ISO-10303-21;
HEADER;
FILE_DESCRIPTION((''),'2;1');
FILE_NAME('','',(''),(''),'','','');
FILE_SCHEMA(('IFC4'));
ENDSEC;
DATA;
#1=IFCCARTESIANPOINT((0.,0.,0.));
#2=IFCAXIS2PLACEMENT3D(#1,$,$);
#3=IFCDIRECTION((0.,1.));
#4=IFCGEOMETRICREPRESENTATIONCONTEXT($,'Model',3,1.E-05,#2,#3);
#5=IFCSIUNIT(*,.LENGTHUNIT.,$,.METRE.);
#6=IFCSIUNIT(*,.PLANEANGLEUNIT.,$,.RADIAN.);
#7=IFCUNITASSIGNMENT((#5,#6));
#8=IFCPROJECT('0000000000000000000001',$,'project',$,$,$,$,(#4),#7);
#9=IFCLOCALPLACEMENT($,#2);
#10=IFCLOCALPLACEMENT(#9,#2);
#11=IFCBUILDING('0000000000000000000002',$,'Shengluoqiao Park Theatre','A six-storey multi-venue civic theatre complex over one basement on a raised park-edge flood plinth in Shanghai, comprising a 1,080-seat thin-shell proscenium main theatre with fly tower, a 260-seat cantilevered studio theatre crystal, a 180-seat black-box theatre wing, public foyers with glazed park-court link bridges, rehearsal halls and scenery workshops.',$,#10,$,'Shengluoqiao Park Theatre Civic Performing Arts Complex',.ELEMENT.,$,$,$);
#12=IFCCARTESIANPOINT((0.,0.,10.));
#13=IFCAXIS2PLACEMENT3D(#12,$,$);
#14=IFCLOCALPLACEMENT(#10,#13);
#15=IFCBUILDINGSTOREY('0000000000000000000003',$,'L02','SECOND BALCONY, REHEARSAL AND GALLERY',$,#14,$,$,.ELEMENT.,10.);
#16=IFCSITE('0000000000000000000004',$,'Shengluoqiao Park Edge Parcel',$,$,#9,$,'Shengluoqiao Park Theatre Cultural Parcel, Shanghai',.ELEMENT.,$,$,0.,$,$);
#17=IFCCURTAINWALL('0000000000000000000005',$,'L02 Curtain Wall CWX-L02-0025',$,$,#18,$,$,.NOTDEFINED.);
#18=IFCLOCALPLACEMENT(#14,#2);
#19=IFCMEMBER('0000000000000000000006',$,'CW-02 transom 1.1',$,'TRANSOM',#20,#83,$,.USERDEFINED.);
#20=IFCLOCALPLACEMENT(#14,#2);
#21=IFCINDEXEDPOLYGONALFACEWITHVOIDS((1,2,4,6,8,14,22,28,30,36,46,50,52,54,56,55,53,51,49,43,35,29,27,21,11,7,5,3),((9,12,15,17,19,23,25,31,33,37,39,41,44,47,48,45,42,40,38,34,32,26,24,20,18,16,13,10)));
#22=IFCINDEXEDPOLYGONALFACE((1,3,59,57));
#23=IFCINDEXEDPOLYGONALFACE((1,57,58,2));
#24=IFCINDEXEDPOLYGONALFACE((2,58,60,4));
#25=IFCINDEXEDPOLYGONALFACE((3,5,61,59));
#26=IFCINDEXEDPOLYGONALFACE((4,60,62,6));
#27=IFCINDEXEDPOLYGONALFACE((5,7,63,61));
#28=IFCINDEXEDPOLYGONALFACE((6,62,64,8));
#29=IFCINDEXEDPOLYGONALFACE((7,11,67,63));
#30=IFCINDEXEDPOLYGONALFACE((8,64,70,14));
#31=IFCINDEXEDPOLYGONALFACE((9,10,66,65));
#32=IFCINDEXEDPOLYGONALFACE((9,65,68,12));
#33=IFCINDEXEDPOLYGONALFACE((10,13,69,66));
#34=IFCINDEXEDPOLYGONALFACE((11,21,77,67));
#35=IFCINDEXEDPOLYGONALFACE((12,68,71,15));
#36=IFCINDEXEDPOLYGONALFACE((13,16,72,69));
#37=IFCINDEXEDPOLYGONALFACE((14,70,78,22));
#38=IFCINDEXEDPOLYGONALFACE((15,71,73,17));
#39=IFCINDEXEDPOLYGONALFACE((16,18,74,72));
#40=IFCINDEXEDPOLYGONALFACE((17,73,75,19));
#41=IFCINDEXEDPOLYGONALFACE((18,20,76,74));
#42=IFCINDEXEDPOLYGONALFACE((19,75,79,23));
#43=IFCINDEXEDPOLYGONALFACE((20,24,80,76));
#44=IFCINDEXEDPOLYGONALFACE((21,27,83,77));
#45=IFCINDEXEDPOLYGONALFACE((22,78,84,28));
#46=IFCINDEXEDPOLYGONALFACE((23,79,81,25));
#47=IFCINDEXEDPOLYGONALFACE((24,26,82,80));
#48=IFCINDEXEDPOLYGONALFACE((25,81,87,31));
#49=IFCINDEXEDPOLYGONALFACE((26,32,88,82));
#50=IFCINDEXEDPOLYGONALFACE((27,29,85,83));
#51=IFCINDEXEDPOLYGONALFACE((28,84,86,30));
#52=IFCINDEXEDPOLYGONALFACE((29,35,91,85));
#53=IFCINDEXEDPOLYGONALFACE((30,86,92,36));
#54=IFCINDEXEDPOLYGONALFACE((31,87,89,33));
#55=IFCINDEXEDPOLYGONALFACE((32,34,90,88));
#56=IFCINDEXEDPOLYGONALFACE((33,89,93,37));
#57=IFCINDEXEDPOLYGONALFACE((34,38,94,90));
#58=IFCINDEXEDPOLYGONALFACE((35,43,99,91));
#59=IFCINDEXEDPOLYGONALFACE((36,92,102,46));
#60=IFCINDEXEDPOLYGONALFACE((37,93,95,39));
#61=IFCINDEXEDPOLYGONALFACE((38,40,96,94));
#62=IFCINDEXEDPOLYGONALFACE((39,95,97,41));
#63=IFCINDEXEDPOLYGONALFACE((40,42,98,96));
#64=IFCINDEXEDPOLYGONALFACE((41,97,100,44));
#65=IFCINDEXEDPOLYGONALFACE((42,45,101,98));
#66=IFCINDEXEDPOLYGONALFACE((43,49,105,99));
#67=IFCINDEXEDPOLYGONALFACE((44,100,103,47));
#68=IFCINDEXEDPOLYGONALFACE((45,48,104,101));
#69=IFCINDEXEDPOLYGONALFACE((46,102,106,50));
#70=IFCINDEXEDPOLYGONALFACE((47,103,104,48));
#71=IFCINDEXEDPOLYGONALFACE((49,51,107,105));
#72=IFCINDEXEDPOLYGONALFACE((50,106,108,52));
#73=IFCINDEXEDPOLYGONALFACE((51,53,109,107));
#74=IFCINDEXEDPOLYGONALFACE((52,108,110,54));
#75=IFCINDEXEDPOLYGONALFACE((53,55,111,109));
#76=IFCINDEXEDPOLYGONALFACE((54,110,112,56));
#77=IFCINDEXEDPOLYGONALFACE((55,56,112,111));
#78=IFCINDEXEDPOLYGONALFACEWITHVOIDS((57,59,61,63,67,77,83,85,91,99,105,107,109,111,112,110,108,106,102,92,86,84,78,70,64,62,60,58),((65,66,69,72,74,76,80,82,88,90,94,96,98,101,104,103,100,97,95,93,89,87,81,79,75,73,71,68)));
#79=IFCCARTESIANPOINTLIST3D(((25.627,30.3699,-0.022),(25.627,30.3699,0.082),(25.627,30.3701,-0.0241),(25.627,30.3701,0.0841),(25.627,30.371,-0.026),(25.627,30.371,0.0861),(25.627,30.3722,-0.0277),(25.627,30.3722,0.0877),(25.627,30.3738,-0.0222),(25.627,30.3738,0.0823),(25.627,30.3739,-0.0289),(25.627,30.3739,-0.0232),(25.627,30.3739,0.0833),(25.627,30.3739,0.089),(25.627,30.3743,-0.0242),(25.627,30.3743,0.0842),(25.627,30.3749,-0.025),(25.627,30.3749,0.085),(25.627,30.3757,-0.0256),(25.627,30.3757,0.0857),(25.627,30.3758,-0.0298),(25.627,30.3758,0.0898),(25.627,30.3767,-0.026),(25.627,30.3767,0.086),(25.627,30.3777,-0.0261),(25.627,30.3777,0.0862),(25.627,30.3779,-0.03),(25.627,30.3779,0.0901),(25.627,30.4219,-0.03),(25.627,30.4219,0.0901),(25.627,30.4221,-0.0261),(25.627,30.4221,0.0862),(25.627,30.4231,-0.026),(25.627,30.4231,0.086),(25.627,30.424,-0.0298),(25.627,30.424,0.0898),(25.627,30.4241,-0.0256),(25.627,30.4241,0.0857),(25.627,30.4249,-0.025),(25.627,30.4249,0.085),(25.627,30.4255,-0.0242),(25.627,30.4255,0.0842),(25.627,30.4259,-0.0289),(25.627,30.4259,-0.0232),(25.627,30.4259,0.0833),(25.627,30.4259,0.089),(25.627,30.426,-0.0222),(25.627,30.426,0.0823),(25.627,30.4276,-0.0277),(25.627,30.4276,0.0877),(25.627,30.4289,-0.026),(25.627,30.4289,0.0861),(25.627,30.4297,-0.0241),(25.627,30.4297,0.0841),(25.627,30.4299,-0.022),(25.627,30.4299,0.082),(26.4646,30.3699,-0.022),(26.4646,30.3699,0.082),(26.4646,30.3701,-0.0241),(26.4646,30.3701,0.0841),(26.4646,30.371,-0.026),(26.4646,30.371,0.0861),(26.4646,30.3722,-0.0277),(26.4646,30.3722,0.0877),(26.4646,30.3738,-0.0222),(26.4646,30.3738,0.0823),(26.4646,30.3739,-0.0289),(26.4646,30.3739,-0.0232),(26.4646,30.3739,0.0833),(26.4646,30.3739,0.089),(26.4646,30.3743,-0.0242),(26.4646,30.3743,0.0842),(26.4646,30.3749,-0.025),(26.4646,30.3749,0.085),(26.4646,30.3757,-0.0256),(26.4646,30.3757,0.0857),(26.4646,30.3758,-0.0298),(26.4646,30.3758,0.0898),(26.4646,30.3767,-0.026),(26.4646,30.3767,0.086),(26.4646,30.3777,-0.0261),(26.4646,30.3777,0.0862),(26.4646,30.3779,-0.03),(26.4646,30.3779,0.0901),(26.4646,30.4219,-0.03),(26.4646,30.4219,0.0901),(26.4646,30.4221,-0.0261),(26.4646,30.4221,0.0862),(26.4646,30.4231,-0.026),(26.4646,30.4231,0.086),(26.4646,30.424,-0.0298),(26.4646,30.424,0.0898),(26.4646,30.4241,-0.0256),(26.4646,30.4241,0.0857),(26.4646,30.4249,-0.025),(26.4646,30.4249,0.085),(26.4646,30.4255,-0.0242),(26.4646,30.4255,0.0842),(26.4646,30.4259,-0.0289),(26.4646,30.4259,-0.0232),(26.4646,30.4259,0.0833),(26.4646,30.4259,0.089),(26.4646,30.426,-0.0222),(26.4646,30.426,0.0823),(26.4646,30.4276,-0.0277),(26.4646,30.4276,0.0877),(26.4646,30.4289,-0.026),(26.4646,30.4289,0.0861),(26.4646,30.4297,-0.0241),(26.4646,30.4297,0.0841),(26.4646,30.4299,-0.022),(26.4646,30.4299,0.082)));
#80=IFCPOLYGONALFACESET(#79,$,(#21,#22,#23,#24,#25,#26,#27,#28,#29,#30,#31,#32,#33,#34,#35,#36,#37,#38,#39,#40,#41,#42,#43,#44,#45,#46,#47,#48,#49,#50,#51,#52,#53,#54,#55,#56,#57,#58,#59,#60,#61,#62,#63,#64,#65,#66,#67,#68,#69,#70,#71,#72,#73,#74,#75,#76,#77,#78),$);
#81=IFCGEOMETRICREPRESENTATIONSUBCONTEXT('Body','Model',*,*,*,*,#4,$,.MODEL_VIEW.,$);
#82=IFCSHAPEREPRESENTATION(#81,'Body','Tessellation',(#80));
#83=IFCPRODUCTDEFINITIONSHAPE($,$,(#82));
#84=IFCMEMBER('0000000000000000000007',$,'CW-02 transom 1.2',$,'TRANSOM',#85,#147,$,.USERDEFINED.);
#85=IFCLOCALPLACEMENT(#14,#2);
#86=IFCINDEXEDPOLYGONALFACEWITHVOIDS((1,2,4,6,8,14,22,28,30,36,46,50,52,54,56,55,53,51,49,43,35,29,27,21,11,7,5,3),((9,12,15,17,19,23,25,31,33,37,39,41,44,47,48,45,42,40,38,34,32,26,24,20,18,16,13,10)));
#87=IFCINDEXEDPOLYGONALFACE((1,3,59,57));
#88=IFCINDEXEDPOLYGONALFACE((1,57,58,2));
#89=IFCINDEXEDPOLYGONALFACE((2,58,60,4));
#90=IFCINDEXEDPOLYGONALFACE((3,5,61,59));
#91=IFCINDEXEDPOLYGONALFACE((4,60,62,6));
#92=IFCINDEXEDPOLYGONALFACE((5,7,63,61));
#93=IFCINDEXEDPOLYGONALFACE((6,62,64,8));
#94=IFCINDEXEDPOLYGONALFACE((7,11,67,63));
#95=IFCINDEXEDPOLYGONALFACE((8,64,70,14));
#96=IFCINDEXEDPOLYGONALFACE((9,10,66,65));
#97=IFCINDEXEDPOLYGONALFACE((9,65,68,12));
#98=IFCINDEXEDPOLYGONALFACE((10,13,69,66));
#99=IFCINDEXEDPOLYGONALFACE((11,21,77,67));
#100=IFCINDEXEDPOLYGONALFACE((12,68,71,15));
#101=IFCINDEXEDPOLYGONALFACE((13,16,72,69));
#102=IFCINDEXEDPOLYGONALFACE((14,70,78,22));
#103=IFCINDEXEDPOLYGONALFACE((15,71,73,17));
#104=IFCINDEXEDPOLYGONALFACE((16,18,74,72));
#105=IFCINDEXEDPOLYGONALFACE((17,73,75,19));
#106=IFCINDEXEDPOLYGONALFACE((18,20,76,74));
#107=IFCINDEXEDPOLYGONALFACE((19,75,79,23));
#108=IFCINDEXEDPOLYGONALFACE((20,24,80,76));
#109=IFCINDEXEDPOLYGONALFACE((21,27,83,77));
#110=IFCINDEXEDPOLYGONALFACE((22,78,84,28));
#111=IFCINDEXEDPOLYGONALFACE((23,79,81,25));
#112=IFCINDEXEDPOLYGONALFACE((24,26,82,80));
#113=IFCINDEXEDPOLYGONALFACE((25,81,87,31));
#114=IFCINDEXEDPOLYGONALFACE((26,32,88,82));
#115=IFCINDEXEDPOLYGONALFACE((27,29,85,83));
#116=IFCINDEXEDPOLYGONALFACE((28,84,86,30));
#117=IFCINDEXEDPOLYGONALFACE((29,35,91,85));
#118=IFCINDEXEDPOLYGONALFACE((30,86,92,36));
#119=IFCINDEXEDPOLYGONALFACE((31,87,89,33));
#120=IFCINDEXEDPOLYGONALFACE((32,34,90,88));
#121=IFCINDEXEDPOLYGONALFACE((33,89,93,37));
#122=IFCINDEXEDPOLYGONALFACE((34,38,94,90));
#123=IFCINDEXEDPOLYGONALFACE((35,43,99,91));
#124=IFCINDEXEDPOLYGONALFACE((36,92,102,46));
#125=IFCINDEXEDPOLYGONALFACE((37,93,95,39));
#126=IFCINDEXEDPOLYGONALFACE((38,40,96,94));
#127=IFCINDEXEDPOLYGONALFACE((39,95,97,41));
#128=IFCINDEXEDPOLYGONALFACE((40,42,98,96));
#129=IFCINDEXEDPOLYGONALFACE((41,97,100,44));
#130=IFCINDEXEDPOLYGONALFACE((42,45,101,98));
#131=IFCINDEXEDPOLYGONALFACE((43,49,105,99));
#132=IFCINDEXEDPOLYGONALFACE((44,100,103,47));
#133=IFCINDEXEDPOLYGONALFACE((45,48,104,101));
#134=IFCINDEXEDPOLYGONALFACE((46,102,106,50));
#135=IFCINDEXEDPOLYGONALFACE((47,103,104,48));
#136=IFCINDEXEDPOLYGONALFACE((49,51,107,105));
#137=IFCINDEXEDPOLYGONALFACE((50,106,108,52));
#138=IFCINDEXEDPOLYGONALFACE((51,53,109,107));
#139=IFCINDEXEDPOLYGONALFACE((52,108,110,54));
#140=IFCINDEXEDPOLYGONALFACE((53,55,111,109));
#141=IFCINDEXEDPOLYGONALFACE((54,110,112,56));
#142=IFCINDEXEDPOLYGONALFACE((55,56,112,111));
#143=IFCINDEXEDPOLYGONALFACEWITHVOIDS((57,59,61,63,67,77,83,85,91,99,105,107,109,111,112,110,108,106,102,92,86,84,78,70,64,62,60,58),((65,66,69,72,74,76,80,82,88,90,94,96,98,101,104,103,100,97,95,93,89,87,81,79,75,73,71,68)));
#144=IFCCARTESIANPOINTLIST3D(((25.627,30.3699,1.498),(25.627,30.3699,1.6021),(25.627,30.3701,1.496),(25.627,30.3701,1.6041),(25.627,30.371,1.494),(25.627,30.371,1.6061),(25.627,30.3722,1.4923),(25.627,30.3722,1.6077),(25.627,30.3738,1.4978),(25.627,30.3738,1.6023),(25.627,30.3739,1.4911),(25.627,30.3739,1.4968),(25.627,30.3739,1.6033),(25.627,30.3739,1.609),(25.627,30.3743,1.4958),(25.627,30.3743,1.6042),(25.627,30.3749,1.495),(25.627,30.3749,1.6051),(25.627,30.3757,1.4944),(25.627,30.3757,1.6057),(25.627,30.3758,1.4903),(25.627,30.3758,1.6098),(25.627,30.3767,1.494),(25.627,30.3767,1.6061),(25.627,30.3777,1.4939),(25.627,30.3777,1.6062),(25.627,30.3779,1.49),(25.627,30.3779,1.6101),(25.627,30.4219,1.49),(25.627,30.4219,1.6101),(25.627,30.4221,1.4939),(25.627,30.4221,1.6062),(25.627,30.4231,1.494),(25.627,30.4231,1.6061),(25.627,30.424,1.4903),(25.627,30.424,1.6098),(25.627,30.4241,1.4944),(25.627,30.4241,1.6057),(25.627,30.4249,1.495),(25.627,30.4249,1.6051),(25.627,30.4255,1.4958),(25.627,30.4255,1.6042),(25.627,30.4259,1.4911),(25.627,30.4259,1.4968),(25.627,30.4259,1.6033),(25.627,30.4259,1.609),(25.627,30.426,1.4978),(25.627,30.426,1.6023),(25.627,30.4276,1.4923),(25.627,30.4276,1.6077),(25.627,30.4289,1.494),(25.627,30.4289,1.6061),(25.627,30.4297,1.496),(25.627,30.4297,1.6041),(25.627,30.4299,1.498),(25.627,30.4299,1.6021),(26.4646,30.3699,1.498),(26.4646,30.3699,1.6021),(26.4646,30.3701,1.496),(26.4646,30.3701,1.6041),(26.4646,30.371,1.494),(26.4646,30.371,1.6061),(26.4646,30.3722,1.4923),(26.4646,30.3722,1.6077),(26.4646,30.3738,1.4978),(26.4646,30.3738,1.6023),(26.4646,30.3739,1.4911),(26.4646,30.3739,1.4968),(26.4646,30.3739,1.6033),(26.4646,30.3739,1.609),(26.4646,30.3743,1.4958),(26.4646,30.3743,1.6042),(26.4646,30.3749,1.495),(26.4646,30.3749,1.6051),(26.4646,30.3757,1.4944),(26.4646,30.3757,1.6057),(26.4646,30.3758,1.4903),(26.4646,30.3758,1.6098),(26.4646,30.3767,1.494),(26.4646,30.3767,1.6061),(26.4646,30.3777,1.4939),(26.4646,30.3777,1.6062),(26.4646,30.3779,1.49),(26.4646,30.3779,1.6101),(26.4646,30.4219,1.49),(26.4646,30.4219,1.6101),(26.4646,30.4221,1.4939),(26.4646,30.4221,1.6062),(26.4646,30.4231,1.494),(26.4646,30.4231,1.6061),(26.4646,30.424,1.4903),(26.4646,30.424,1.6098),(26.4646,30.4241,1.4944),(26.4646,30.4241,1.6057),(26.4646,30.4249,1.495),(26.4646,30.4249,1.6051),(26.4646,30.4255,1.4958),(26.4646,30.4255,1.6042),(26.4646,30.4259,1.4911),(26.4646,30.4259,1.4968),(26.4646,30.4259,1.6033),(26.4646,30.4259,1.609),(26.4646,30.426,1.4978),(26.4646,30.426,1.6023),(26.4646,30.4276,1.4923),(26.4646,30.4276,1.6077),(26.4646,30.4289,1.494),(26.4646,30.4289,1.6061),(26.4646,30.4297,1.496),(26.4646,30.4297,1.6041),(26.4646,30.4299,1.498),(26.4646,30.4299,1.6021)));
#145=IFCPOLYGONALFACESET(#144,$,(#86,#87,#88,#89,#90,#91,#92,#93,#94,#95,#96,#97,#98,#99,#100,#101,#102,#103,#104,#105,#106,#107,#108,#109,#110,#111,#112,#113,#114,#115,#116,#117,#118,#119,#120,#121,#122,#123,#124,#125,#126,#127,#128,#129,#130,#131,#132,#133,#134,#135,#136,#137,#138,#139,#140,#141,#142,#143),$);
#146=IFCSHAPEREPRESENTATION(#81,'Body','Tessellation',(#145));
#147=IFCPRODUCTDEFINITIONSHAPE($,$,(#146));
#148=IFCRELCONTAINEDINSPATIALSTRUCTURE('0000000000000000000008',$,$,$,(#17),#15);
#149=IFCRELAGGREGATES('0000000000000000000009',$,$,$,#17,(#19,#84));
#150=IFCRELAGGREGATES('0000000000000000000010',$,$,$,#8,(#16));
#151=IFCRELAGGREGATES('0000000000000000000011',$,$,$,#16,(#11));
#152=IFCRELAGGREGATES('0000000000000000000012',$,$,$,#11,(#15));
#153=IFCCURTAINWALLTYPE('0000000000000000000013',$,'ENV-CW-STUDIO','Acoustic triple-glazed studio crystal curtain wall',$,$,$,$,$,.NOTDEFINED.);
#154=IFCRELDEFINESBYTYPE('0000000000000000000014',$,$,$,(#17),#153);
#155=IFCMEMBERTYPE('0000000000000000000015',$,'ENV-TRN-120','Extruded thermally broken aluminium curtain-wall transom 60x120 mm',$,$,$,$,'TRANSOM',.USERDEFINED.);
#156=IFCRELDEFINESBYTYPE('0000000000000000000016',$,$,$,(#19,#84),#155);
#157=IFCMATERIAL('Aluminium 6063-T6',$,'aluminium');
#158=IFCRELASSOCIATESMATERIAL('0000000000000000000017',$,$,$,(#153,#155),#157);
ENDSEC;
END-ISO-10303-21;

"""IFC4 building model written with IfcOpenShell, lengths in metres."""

from ifc_helpers import new_model, si_unit, direction, frame, origin, origin_2d, place, context, subcontext, project, spatial, hollow_rectangle, extrude, material, material_profile, profile_set, type_object, element, aggregate, save


model = new_model("IFC4")

# Units and contexts
model_context = context("Model", 3, precision=1e-05, world=origin(), true_north=direction((0.0, 1.0)))
body_context = subcontext(model_context, "Body", "Model", "MODEL_VIEW")
ifc_project = project(units=[si_unit("LENGTHUNIT", "METRE"), si_unit("PLANEANGLEUNIT", "RADIAN")], contexts=[model_context])

# Site, building, storey
site_placement = place(None, origin())
site = spatial("IfcSite", under=ifc_project, at=site_placement, Name="Shengluoqiao Park Edge Parcel", LongName="Shengluoqiao Park Theatre Cultural Parcel, Shanghai", CompositionType="ELEMENT", RefElevation=0.0)
building_placement = place(site_placement, origin())
building = spatial("IfcBuilding", under=site, at=building_placement, Name="Shengluoqiao Park Theatre", Description="A six-storey multi-venue civic theatre complex over one basement on a raised park-edge flood plinth in Shanghai, comprising a 1,080-seat thin-shell proscenium main theatre with fly tower, a 260-seat cantilevered studio theatre crystal, a 180-seat black-box theatre wing, public foyers with glazed park-court link bridges, rehearsal halls and scenery workshops.", LongName="Shengluoqiao Park Theatre Civic Performing Arts Complex", CompositionType="ELEMENT")
storey_placement = place(building_placement, frame((0.0, 0.0, 10.0)))
storey = spatial("IfcBuildingStorey", under=building, at=storey_placement, Name="L02", Description="SECOND BALCONY, REHEARSAL AND GALLERY", CompositionType="ELEMENT", Elevation=10.0)

# Curtain wall
ifc_material_1 = material(Name="Aluminium 6063-T6", Category="aluminium")
curtain_wall_type_1 = type_object("IfcCurtainWallType", Name="ENV-CW-STUDIO", Description="Acoustic triple-glazed studio crystal curtain wall", PredefinedType="NOTDEFINED", material=ifc_material_1)
curtain_wall_1_placement = place(storey_placement, origin())
curtain_wall_1 = element("IfcCurtainWall", 1, at=curtain_wall_1_placement, inside=storey, type_object=curtain_wall_type_1, Name="L02 Curtain Wall CWX-L02-0025", PredefinedType="NOTDEFINED")

# Members
ifc_material_profile_1 = material_profile(ifc_material_1, hollow_rectangle(XDim=0.0601, YDim=0.1201, WallThickness=0.0039, InnerFilletRadius=0.0039, OuterFilletRadius=0.0081, at=origin_2d()), Name="ALU TRANSOM 120x60x4")
ifc_profile_set_1 = profile_set([ifc_material_profile_1], Name="Aluminium 6063-T6")
member_type_1 = type_object("IfcMemberType", Name="ENV-TRN-120", Description="Extruded thermally broken aluminium curtain-wall transom 60x120 mm", ElementType="TRANSOM", PredefinedType="USERDEFINED", material=ifc_profile_set_1)
member_1_placement = place(storey_placement, frame((25.627, 30.3999, 0.03), z_axis=(1.0, 0.0, 0.0), x_axis=(0.0, 1.0, 0.0)))
member_1 = element("IfcMember", 2, at=member_1_placement, type_object=member_type_1, Name="CW-02 transom 1.1", ObjectType="TRANSOM", PredefinedType="USERDEFINED", context=body_context, shape_type="SweptSolid", body=[
    extrude(hollow_rectangle(XDim=0.0601, YDim=0.1201, WallThickness=0.0039, InnerFilletRadius=0.0039, OuterFilletRadius=0.0081, at=origin_2d()), origin(), (0.0, 0.0, 1.0), 0.8376),
])
member_2_placement = place(storey_placement, frame((25.627, 30.3999, 1.55), z_axis=(1.0, 0.0, 0.0), x_axis=(0.0, 1.0, 0.0)))
member_2 = element("IfcMember", 3, at=member_2_placement, type_object=member_type_1, Name="CW-02 transom 1.2", ObjectType="TRANSOM", PredefinedType="USERDEFINED", context=body_context, shape_type="SweptSolid", body=[
    extrude(hollow_rectangle(XDim=0.0601, YDim=0.1201, WallThickness=0.0039, InnerFilletRadius=0.0039, OuterFilletRadius=0.0081, at=origin_2d()), origin(), (0.0, 0.0, 1.0), 0.8376),
])

aggregate(curtain_wall_1, [member_1, member_2])

save(model, "model.ifc")
